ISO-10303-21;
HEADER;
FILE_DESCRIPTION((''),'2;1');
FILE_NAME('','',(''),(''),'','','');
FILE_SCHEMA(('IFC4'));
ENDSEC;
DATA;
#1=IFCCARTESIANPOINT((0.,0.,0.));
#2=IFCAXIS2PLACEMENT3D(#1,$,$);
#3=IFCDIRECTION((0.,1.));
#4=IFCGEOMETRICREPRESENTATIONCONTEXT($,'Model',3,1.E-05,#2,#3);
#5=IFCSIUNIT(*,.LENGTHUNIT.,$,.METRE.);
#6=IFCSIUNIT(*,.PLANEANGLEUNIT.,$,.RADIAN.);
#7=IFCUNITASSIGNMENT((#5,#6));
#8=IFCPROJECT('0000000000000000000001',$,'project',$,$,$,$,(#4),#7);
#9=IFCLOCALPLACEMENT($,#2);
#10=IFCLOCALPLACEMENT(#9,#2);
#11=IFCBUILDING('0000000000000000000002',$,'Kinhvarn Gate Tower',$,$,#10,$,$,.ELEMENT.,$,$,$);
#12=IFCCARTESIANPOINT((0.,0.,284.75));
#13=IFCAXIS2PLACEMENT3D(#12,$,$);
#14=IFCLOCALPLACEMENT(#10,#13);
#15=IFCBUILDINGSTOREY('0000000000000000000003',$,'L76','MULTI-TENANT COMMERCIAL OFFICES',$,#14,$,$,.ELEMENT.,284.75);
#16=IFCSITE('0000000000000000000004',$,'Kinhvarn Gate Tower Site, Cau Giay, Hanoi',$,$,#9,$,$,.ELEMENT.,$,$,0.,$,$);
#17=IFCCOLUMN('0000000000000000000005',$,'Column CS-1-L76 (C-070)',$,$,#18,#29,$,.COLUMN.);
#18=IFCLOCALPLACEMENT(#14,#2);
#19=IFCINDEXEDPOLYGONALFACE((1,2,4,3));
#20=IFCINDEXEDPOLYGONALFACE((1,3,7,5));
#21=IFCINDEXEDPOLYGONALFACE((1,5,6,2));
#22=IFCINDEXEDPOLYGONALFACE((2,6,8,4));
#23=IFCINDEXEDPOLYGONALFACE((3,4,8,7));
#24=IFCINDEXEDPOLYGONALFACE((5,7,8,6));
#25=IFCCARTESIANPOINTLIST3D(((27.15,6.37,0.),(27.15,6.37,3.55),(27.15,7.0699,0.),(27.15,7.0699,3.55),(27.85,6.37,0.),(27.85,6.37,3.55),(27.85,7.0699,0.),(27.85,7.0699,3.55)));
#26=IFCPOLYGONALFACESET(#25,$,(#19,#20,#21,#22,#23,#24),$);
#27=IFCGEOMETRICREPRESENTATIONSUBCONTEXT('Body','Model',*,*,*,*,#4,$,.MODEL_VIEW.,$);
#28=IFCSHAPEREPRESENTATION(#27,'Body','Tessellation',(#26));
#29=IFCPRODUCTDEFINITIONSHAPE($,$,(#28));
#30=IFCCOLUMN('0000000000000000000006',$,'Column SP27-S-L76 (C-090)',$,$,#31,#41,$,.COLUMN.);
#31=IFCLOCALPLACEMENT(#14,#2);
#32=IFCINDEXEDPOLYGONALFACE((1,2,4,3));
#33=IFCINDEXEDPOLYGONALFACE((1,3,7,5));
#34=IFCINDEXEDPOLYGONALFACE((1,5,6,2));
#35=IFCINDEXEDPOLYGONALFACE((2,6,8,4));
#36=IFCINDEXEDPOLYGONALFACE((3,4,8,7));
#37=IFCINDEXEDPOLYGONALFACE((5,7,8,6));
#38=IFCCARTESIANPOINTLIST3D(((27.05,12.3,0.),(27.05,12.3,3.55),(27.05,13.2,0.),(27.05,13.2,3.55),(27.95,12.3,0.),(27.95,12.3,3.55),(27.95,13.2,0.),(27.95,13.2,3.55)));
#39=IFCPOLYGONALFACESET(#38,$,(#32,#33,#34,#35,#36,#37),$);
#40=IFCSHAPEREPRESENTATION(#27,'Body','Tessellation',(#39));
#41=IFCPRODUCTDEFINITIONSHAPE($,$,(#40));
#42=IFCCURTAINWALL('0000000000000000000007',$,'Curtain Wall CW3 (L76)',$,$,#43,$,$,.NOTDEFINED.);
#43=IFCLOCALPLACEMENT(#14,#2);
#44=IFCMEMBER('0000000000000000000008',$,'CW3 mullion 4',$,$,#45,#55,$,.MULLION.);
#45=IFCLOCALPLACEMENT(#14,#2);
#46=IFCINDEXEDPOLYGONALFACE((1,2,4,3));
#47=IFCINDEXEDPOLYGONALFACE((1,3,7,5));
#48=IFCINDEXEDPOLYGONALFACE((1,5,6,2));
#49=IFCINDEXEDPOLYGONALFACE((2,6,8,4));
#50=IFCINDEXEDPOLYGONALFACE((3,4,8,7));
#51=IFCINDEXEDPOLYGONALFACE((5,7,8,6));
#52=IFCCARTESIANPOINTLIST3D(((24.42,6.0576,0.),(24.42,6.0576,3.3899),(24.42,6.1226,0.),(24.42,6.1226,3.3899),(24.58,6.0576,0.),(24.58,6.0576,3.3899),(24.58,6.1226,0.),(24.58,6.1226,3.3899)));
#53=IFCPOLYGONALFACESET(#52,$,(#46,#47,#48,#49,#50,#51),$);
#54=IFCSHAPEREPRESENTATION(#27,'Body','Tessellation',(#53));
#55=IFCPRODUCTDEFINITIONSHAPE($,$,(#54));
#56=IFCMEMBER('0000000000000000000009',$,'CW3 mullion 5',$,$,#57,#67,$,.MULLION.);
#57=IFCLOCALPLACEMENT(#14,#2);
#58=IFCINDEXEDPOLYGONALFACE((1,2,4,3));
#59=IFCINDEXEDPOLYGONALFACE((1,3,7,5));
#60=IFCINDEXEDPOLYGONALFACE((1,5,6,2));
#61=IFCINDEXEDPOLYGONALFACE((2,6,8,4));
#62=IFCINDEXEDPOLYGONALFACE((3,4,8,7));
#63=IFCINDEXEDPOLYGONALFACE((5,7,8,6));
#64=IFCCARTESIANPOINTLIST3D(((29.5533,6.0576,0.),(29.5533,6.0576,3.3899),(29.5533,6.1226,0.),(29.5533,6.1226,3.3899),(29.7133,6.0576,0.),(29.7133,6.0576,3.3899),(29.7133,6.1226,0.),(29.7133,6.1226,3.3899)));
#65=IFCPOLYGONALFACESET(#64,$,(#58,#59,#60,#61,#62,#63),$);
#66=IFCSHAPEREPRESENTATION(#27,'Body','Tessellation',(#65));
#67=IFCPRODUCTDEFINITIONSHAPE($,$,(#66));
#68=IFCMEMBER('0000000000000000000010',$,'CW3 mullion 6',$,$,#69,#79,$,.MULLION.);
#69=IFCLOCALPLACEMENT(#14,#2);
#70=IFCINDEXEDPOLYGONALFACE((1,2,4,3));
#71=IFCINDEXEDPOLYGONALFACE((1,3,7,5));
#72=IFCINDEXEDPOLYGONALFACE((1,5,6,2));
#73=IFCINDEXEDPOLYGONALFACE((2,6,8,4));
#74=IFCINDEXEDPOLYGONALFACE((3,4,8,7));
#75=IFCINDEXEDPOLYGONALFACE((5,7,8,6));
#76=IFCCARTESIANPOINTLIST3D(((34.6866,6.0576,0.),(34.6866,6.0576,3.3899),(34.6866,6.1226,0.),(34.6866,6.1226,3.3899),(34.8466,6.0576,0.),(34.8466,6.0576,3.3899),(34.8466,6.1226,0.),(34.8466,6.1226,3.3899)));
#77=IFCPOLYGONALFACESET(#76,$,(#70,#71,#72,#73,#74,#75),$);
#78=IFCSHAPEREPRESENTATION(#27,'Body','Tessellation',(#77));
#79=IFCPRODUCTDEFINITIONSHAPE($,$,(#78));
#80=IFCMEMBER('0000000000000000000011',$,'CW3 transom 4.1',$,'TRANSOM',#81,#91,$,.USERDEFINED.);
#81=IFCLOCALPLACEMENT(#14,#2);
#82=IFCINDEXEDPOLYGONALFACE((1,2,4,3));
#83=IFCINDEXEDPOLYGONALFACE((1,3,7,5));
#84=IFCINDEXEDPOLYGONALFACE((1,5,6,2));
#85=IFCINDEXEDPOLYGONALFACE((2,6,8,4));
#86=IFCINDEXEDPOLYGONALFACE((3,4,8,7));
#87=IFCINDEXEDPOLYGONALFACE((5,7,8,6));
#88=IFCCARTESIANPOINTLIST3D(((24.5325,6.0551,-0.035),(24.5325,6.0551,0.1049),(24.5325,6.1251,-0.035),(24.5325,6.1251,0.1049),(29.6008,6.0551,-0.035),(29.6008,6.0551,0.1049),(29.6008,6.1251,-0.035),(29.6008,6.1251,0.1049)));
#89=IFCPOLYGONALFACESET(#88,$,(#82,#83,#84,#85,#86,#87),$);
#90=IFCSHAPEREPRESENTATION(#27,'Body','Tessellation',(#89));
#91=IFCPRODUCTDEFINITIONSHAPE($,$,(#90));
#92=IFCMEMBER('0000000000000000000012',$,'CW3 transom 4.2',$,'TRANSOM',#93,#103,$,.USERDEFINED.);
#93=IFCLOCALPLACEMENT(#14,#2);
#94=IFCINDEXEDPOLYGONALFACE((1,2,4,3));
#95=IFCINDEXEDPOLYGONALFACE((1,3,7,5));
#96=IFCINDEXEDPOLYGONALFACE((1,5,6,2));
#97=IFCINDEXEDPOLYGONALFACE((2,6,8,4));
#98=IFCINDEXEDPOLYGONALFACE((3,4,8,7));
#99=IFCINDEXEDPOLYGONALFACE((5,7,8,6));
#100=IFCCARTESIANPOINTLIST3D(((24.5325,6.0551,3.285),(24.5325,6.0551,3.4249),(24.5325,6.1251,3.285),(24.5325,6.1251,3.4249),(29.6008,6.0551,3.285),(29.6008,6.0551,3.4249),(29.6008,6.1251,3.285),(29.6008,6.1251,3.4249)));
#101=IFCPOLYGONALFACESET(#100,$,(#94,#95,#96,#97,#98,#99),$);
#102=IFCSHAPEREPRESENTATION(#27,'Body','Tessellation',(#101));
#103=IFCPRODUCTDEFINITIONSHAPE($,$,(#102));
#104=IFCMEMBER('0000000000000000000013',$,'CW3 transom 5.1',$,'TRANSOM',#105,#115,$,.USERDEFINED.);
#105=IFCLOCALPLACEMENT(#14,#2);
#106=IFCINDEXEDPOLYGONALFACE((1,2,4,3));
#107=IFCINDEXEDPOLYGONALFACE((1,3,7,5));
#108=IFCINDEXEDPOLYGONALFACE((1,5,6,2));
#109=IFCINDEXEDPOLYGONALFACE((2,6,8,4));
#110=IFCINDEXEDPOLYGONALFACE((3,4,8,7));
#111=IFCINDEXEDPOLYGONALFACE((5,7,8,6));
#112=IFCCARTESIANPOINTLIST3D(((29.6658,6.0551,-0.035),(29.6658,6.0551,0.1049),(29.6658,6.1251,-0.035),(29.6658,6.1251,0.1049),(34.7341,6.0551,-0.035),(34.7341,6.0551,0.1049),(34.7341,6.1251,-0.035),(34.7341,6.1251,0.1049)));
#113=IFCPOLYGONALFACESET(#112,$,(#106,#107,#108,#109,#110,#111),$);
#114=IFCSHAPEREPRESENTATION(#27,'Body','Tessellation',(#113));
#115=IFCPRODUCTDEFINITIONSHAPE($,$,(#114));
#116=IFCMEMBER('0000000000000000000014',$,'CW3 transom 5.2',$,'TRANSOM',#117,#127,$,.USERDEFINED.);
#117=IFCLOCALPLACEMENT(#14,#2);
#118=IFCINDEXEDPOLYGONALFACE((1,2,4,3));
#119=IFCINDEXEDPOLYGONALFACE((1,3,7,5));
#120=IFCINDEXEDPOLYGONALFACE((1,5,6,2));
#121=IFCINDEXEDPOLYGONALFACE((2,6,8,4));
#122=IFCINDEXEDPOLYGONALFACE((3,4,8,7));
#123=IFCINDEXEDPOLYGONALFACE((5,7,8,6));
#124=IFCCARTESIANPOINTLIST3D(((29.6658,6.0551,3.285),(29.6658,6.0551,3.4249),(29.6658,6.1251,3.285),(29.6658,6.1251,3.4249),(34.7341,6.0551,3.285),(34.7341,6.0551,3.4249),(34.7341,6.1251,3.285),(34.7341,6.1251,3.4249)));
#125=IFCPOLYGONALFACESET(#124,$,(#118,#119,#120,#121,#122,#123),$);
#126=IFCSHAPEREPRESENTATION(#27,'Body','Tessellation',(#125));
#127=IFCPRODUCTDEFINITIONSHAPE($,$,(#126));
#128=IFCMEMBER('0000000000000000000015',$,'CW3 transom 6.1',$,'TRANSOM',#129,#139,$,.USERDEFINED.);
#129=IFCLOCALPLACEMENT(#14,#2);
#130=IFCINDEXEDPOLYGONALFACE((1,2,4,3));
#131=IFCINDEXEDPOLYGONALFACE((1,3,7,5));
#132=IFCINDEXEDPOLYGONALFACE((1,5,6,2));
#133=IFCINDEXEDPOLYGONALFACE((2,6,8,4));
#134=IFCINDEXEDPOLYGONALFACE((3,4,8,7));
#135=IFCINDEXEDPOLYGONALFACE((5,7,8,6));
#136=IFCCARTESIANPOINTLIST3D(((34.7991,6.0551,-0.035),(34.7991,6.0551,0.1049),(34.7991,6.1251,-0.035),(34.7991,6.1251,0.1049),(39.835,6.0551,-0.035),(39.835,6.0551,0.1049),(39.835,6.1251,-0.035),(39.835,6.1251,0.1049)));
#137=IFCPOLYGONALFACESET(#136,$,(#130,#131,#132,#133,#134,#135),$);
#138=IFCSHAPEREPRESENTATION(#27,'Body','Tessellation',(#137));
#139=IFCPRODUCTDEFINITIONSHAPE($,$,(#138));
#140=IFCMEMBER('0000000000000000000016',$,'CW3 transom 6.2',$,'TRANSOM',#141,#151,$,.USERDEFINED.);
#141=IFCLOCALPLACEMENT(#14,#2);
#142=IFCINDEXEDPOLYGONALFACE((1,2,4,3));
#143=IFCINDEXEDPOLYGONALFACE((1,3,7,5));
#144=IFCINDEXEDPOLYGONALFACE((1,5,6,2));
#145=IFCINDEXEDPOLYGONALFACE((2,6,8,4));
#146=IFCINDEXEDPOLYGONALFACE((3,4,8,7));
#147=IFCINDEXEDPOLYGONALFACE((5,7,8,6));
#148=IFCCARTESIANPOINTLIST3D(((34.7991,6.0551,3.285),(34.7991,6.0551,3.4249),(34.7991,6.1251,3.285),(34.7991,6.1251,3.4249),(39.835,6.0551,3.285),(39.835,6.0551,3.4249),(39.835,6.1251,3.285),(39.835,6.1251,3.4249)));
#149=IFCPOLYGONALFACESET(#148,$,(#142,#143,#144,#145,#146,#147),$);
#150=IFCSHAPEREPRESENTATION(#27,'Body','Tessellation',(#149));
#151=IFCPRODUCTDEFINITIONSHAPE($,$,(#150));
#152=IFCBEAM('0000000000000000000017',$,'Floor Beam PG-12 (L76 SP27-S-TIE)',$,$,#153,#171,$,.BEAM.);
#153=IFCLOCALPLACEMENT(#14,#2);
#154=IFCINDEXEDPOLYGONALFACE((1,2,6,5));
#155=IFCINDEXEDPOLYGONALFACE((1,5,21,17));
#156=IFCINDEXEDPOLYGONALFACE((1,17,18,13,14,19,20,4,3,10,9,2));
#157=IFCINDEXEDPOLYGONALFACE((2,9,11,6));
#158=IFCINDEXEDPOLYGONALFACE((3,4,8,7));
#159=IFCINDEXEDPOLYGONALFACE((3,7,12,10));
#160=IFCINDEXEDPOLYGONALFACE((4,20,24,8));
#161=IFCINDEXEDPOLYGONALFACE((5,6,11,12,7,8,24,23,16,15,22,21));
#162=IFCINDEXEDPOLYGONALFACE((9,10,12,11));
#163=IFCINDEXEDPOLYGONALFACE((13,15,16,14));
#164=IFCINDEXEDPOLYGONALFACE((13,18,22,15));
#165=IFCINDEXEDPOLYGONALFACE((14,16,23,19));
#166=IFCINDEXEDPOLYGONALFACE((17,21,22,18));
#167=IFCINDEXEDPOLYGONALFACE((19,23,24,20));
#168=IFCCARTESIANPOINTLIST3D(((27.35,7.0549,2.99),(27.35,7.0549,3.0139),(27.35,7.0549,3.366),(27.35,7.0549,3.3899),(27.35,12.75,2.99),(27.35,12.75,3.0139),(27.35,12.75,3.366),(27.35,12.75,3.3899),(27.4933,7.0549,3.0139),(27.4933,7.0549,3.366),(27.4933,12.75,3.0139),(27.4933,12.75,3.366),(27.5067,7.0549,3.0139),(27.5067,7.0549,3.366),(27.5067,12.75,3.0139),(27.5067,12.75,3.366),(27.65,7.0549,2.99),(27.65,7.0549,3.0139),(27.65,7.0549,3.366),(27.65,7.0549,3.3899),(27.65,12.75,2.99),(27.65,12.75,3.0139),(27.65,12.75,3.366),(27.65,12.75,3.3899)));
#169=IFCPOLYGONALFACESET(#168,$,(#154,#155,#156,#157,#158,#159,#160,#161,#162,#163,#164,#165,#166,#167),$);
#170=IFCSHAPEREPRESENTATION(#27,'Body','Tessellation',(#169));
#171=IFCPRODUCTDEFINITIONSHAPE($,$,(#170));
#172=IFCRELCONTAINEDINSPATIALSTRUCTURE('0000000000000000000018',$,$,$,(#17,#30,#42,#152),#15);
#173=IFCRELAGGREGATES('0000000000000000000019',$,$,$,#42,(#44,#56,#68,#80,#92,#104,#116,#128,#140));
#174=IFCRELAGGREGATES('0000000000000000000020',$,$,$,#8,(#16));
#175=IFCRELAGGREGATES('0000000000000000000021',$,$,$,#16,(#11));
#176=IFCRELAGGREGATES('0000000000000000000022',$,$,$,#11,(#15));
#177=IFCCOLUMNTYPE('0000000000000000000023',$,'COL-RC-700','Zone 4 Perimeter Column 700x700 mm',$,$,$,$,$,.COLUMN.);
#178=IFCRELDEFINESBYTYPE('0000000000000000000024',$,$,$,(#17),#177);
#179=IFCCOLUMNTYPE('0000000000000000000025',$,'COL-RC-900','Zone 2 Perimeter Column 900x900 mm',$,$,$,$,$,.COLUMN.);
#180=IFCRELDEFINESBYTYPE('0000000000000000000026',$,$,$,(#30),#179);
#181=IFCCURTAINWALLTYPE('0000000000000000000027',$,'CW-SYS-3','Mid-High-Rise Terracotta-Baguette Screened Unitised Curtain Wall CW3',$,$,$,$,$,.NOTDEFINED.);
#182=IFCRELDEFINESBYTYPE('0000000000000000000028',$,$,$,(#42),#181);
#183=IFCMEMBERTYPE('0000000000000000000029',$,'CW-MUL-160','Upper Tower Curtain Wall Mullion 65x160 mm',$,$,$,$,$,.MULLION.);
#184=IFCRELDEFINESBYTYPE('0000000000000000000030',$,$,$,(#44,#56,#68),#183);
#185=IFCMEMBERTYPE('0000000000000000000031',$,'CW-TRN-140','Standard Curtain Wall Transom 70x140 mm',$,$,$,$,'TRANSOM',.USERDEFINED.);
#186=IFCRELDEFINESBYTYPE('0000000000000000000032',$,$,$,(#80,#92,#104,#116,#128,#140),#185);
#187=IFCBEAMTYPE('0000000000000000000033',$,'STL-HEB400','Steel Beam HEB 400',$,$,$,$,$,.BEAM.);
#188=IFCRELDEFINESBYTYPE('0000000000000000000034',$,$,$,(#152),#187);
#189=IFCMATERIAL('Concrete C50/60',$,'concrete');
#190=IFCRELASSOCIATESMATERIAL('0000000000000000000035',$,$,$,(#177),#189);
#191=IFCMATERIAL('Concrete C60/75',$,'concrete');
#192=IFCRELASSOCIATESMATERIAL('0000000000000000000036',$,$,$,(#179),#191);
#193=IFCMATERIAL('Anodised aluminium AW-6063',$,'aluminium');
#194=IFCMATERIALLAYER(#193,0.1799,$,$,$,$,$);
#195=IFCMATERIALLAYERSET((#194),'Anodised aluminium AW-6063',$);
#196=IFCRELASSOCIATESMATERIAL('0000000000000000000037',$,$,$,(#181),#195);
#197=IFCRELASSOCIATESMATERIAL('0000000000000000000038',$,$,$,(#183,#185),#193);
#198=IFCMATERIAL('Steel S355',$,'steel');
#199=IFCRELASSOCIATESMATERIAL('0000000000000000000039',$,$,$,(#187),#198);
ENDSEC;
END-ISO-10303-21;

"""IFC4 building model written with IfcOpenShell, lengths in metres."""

from ifc_helpers import new_model, si_unit, direction, frame, origin, origin_2d, place, context, subcontext, project, spatial, rectangle, i_section, extrude, material, layer, layer_set, material_profile, profile_set, type_object, element, aggregate, save


model = new_model("IFC4")

# Units and contexts
model_context = context("Model", 3, precision=1e-05, world=origin(), true_north=direction((0.0, 1.0)))
body_context = subcontext(model_context, "Body", "Model", "MODEL_VIEW")
ifc_project = project(units=[si_unit("LENGTHUNIT", "METRE"), si_unit("PLANEANGLEUNIT", "RADIAN")], contexts=[model_context])

# Site, building, storey
site_placement = place(None, origin())
site = spatial("IfcSite", under=ifc_project, at=site_placement, Name="Kinhvarn Gate Tower Site, Cau Giay, Hanoi", CompositionType="ELEMENT", RefElevation=0.0)
building_placement = place(site_placement, origin())
building = spatial("IfcBuilding", under=site, at=building_placement, Name="Kinhvarn Gate Tower", CompositionType="ELEMENT")
storey_placement = place(building_placement, frame((0.0, 0.0, 284.75)))
storey = spatial("IfcBuildingStorey", under=building, at=storey_placement, Name="L76", Description="MULTI-TENANT COMMERCIAL OFFICES", CompositionType="ELEMENT", Elevation=284.75)

# Columns
ifc_material_1 = material(Name="Concrete C50/60", Category="concrete")
ifc_material_profile_1 = material_profile(ifc_material_1, rectangle(XDim=0.7, YDim=0.7, at=origin_2d()), Name="RC 700x700")
ifc_profile_set_1 = profile_set([ifc_material_profile_1], Name="Concrete C50/60")
column_type_1 = type_object("IfcColumnType", Name="COL-RC-700", Description="Zone 4 Perimeter Column 700x700 mm", PredefinedType="COLUMN", material=ifc_profile_set_1)
column_1_placement = place(storey_placement, frame((27.5, 6.72, 0.0), z_axis=(0.0, 0.0, 1.0), x_axis=(1.0, 0.0, 0.0)))
element("IfcColumn", 1, at=column_1_placement, inside=storey, type_object=column_type_1, Name="Column CS-1-L76 (C-070)", PredefinedType="COLUMN", context=body_context, shape_type="SweptSolid", body=[
    extrude(rectangle(XDim=0.7, YDim=0.7, at=origin_2d()), origin(), (0.0, 0.0, 1.0), 3.55),
])
ifc_material_2 = material(Name="Concrete C60/75", Category="concrete")
ifc_material_profile_2 = material_profile(ifc_material_2, rectangle(XDim=0.8999, YDim=0.8999, at=origin_2d()), Name="RC 900x900")
ifc_profile_set_2 = profile_set([ifc_material_profile_2], Name="Concrete C60/75")
column_type_2 = type_object("IfcColumnType", Name="COL-RC-900", Description="Zone 2 Perimeter Column 900x900 mm", PredefinedType="COLUMN", material=ifc_profile_set_2)
column_2_placement = place(storey_placement, frame((27.5, 12.75, 0.0), z_axis=(0.0, 0.0, 1.0), x_axis=(1.0, 0.0, 0.0)))
element("IfcColumn", 2, at=column_2_placement, inside=storey, type_object=column_type_2, Name="Column SP27-S-L76 (C-090)", PredefinedType="COLUMN", context=body_context, shape_type="SweptSolid", body=[
    extrude(rectangle(XDim=0.8999, YDim=0.8999, at=origin_2d()), origin(), (0.0, 0.0, 1.0), 3.55),
])

# Curtain wall, members
ifc_material_3 = material(Name="Anodised aluminium AW-6063", Category="aluminium")
ifc_layer_1 = layer(ifc_material_3, 0.1799)
ifc_layer_set_1 = layer_set([ifc_layer_1], Name="Anodised aluminium AW-6063")
curtain_wall_type = type_object("IfcCurtainWallType", Name="CW-SYS-3", Description="Mid-High-Rise Terracotta-Baguette Screened Unitised Curtain Wall CW3", PredefinedType="NOTDEFINED", material=ifc_layer_set_1)
curtain_wall_placement = place(storey_placement, origin())
curtain_wall = element("IfcCurtainWall", 3, at=curtain_wall_placement, inside=storey, type_object=curtain_wall_type, Name="Curtain Wall CW3 (L76)", PredefinedType="NOTDEFINED")
ifc_material_profile_3 = material_profile(ifc_material_3, rectangle(XDim=0.0649, YDim=0.1599, at=origin_2d()), Name="ALU 65x160")
ifc_profile_set_3 = profile_set([ifc_material_profile_3], Name="Anodised aluminium AW-6063")
member_type_1 = type_object("IfcMemberType", Name="CW-MUL-160", Description="Upper Tower Curtain Wall Mullion 65x160 mm", PredefinedType="MULLION", material=ifc_profile_set_3)
member_1_placement = place(storey_placement, frame((24.5, 6.0901, 0.0), z_axis=(0.0, 0.0, 1.0), x_axis=(0.0, 1.0, 0.0)))
member_1 = element("IfcMember", 4, at=member_1_placement, type_object=member_type_1, Name="CW3 mullion 4", PredefinedType="MULLION", context=body_context, shape_type="SweptSolid", body=[
    extrude(rectangle(XDim=0.0649, YDim=0.1599, at=origin_2d()), origin(), (0.0, 0.0, 1.0), 3.3899),
])
member_2_placement = place(storey_placement, frame((29.6333, 6.0901, 0.0), z_axis=(0.0, 0.0, 1.0), x_axis=(0.0, 1.0, 0.0)))
member_2 = element("IfcMember", 5, at=member_2_placement, type_object=member_type_1, Name="CW3 mullion 5", PredefinedType="MULLION", context=body_context, shape_type="SweptSolid", body=[
    extrude(rectangle(XDim=0.0649, YDim=0.1599, at=origin_2d()), origin(), (0.0, 0.0, 1.0), 3.3899),
])
member_3_placement = place(storey_placement, frame((34.7666, 6.0901, 0.0), z_axis=(0.0, 0.0, 1.0), x_axis=(0.0, 1.0, 0.0)))
member_3 = element("IfcMember", 6, at=member_3_placement, type_object=member_type_1, Name="CW3 mullion 6", PredefinedType="MULLION", context=body_context, shape_type="SweptSolid", body=[
    extrude(rectangle(XDim=0.0649, YDim=0.1599, at=origin_2d()), origin(), (0.0, 0.0, 1.0), 3.3899),
])
ifc_material_profile_4 = material_profile(ifc_material_3, rectangle(XDim=0.0701, YDim=0.1399, at=origin_2d()), Name="ALU 70x140")
ifc_profile_set_4 = profile_set([ifc_material_profile_4], Name="Anodised aluminium AW-6063")
member_type_2 = type_object("IfcMemberType", Name="CW-TRN-140", Description="Standard Curtain Wall Transom 70x140 mm", ElementType="TRANSOM", PredefinedType="USERDEFINED", material=ifc_profile_set_4)
member_4_placement = place(storey_placement, frame((24.5325, 6.0901, 0.0349), z_axis=(1.0, 0.0, 0.0), x_axis=(0.0, 1.0, 0.0)))
member_4 = element("IfcMember", 7, at=member_4_placement, type_object=member_type_2, Name="CW3 transom 4.1", ObjectType="TRANSOM", PredefinedType="USERDEFINED", context=body_context, shape_type="SweptSolid", body=[
    extrude(rectangle(XDim=0.0701, YDim=0.1399, at=origin_2d()), origin(), (0.0, 0.0, 1.0), 5.0684),
])
member_5_placement = place(storey_placement, frame((24.5325, 6.0901, 3.355), z_axis=(1.0, 0.0, 0.0), x_axis=(0.0, 1.0, 0.0)))
member_5 = element("IfcMember", 8, at=member_5_placement, type_object=member_type_2, Name="CW3 transom 4.2", ObjectType="TRANSOM", PredefinedType="USERDEFINED", context=body_context, shape_type="SweptSolid", body=[
    extrude(rectangle(XDim=0.0701, YDim=0.1399, at=origin_2d()), origin(), (0.0, 0.0, 1.0), 5.0684),
])
member_6_placement = place(storey_placement, frame((29.6658, 6.0901, 0.0349), z_axis=(1.0, 0.0, 0.0), x_axis=(0.0, 1.0, 0.0)))
member_6 = element("IfcMember", 9, at=member_6_placement, type_object=member_type_2, Name="CW3 transom 5.1", ObjectType="TRANSOM", PredefinedType="USERDEFINED", context=body_context, shape_type="SweptSolid", body=[
    extrude(rectangle(XDim=0.0701, YDim=0.1399, at=origin_2d()), origin(), (0.0, 0.0, 1.0), 5.0684),
])
member_7_placement = place(storey_placement, frame((29.6658, 6.0901, 3.355), z_axis=(1.0, 0.0, 0.0), x_axis=(0.0, 1.0, 0.0)))
member_7 = element("IfcMember", 10, at=member_7_placement, type_object=member_type_2, Name="CW3 transom 5.2", ObjectType="TRANSOM", PredefinedType="USERDEFINED", context=body_context, shape_type="SweptSolid", body=[
    extrude(rectangle(XDim=0.0701, YDim=0.1399, at=origin_2d()), origin(), (0.0, 0.0, 1.0), 5.0684),
])
member_8_placement = place(storey_placement, frame((34.7991, 6.0901, 0.0349), z_axis=(1.0, 0.0, 0.0), x_axis=(0.0, 1.0, 0.0)))
member_8 = element("IfcMember", 11, at=member_8_placement, type_object=member_type_2, Name="CW3 transom 6.1", ObjectType="TRANSOM", PredefinedType="USERDEFINED", context=body_context, shape_type="SweptSolid", body=[
    extrude(rectangle(XDim=0.0701, YDim=0.1399, at=origin_2d()), origin(), (0.0, 0.0, 1.0), 5.0359),
])
member_9_placement = place(storey_placement, frame((34.7991, 6.0901, 3.355), z_axis=(1.0, 0.0, 0.0), x_axis=(0.0, 1.0, 0.0)))
member_9 = element("IfcMember", 12, at=member_9_placement, type_object=member_type_2, Name="CW3 transom 6.2", ObjectType="TRANSOM", PredefinedType="USERDEFINED", context=body_context, shape_type="SweptSolid", body=[
    extrude(rectangle(XDim=0.0701, YDim=0.1399, at=origin_2d()), origin(), (0.0, 0.0, 1.0), 5.0359),
])

# Beam
ifc_material_4 = material(Name="Steel S355", Category="steel")
ifc_material_profile_5 = material_profile(ifc_material_4, i_section(OverallWidth=0.3, OverallDepth=0.3999, WebThickness=0.0134, FlangeThickness=0.0239, at=origin_2d()), Name="HEB 400")
ifc_profile_set_5 = profile_set([ifc_material_profile_5], Name="Steel S355")
beam_type_1 = type_object("IfcBeamType", Name="STL-HEB400", Description="Steel Beam HEB 400", PredefinedType="BEAM", material=ifc_profile_set_5)
beam_1_placement = place(storey_placement, frame((27.5, 7.0549, 3.1899), z_axis=(0.0, 1.0, 0.0), x_axis=(-1.0, 0.0, 0.0)))
element("IfcBeam", 13, at=beam_1_placement, inside=storey, type_object=beam_type_1, Name="Floor Beam PG-12 (L76 SP27-S-TIE)", PredefinedType="BEAM", context=body_context, shape_type="SweptSolid", body=[
    extrude(i_section(OverallWidth=0.3, OverallDepth=0.3999, WebThickness=0.0134, FlangeThickness=0.0239, at=origin_2d()), origin(), (0.0, 0.0, 1.0), 5.6951),
])

aggregate(curtain_wall, [member_1, member_2, member_3, member_4, member_5, member_6, member_7, member_8, member_9])

save(model, "model.ifc")
